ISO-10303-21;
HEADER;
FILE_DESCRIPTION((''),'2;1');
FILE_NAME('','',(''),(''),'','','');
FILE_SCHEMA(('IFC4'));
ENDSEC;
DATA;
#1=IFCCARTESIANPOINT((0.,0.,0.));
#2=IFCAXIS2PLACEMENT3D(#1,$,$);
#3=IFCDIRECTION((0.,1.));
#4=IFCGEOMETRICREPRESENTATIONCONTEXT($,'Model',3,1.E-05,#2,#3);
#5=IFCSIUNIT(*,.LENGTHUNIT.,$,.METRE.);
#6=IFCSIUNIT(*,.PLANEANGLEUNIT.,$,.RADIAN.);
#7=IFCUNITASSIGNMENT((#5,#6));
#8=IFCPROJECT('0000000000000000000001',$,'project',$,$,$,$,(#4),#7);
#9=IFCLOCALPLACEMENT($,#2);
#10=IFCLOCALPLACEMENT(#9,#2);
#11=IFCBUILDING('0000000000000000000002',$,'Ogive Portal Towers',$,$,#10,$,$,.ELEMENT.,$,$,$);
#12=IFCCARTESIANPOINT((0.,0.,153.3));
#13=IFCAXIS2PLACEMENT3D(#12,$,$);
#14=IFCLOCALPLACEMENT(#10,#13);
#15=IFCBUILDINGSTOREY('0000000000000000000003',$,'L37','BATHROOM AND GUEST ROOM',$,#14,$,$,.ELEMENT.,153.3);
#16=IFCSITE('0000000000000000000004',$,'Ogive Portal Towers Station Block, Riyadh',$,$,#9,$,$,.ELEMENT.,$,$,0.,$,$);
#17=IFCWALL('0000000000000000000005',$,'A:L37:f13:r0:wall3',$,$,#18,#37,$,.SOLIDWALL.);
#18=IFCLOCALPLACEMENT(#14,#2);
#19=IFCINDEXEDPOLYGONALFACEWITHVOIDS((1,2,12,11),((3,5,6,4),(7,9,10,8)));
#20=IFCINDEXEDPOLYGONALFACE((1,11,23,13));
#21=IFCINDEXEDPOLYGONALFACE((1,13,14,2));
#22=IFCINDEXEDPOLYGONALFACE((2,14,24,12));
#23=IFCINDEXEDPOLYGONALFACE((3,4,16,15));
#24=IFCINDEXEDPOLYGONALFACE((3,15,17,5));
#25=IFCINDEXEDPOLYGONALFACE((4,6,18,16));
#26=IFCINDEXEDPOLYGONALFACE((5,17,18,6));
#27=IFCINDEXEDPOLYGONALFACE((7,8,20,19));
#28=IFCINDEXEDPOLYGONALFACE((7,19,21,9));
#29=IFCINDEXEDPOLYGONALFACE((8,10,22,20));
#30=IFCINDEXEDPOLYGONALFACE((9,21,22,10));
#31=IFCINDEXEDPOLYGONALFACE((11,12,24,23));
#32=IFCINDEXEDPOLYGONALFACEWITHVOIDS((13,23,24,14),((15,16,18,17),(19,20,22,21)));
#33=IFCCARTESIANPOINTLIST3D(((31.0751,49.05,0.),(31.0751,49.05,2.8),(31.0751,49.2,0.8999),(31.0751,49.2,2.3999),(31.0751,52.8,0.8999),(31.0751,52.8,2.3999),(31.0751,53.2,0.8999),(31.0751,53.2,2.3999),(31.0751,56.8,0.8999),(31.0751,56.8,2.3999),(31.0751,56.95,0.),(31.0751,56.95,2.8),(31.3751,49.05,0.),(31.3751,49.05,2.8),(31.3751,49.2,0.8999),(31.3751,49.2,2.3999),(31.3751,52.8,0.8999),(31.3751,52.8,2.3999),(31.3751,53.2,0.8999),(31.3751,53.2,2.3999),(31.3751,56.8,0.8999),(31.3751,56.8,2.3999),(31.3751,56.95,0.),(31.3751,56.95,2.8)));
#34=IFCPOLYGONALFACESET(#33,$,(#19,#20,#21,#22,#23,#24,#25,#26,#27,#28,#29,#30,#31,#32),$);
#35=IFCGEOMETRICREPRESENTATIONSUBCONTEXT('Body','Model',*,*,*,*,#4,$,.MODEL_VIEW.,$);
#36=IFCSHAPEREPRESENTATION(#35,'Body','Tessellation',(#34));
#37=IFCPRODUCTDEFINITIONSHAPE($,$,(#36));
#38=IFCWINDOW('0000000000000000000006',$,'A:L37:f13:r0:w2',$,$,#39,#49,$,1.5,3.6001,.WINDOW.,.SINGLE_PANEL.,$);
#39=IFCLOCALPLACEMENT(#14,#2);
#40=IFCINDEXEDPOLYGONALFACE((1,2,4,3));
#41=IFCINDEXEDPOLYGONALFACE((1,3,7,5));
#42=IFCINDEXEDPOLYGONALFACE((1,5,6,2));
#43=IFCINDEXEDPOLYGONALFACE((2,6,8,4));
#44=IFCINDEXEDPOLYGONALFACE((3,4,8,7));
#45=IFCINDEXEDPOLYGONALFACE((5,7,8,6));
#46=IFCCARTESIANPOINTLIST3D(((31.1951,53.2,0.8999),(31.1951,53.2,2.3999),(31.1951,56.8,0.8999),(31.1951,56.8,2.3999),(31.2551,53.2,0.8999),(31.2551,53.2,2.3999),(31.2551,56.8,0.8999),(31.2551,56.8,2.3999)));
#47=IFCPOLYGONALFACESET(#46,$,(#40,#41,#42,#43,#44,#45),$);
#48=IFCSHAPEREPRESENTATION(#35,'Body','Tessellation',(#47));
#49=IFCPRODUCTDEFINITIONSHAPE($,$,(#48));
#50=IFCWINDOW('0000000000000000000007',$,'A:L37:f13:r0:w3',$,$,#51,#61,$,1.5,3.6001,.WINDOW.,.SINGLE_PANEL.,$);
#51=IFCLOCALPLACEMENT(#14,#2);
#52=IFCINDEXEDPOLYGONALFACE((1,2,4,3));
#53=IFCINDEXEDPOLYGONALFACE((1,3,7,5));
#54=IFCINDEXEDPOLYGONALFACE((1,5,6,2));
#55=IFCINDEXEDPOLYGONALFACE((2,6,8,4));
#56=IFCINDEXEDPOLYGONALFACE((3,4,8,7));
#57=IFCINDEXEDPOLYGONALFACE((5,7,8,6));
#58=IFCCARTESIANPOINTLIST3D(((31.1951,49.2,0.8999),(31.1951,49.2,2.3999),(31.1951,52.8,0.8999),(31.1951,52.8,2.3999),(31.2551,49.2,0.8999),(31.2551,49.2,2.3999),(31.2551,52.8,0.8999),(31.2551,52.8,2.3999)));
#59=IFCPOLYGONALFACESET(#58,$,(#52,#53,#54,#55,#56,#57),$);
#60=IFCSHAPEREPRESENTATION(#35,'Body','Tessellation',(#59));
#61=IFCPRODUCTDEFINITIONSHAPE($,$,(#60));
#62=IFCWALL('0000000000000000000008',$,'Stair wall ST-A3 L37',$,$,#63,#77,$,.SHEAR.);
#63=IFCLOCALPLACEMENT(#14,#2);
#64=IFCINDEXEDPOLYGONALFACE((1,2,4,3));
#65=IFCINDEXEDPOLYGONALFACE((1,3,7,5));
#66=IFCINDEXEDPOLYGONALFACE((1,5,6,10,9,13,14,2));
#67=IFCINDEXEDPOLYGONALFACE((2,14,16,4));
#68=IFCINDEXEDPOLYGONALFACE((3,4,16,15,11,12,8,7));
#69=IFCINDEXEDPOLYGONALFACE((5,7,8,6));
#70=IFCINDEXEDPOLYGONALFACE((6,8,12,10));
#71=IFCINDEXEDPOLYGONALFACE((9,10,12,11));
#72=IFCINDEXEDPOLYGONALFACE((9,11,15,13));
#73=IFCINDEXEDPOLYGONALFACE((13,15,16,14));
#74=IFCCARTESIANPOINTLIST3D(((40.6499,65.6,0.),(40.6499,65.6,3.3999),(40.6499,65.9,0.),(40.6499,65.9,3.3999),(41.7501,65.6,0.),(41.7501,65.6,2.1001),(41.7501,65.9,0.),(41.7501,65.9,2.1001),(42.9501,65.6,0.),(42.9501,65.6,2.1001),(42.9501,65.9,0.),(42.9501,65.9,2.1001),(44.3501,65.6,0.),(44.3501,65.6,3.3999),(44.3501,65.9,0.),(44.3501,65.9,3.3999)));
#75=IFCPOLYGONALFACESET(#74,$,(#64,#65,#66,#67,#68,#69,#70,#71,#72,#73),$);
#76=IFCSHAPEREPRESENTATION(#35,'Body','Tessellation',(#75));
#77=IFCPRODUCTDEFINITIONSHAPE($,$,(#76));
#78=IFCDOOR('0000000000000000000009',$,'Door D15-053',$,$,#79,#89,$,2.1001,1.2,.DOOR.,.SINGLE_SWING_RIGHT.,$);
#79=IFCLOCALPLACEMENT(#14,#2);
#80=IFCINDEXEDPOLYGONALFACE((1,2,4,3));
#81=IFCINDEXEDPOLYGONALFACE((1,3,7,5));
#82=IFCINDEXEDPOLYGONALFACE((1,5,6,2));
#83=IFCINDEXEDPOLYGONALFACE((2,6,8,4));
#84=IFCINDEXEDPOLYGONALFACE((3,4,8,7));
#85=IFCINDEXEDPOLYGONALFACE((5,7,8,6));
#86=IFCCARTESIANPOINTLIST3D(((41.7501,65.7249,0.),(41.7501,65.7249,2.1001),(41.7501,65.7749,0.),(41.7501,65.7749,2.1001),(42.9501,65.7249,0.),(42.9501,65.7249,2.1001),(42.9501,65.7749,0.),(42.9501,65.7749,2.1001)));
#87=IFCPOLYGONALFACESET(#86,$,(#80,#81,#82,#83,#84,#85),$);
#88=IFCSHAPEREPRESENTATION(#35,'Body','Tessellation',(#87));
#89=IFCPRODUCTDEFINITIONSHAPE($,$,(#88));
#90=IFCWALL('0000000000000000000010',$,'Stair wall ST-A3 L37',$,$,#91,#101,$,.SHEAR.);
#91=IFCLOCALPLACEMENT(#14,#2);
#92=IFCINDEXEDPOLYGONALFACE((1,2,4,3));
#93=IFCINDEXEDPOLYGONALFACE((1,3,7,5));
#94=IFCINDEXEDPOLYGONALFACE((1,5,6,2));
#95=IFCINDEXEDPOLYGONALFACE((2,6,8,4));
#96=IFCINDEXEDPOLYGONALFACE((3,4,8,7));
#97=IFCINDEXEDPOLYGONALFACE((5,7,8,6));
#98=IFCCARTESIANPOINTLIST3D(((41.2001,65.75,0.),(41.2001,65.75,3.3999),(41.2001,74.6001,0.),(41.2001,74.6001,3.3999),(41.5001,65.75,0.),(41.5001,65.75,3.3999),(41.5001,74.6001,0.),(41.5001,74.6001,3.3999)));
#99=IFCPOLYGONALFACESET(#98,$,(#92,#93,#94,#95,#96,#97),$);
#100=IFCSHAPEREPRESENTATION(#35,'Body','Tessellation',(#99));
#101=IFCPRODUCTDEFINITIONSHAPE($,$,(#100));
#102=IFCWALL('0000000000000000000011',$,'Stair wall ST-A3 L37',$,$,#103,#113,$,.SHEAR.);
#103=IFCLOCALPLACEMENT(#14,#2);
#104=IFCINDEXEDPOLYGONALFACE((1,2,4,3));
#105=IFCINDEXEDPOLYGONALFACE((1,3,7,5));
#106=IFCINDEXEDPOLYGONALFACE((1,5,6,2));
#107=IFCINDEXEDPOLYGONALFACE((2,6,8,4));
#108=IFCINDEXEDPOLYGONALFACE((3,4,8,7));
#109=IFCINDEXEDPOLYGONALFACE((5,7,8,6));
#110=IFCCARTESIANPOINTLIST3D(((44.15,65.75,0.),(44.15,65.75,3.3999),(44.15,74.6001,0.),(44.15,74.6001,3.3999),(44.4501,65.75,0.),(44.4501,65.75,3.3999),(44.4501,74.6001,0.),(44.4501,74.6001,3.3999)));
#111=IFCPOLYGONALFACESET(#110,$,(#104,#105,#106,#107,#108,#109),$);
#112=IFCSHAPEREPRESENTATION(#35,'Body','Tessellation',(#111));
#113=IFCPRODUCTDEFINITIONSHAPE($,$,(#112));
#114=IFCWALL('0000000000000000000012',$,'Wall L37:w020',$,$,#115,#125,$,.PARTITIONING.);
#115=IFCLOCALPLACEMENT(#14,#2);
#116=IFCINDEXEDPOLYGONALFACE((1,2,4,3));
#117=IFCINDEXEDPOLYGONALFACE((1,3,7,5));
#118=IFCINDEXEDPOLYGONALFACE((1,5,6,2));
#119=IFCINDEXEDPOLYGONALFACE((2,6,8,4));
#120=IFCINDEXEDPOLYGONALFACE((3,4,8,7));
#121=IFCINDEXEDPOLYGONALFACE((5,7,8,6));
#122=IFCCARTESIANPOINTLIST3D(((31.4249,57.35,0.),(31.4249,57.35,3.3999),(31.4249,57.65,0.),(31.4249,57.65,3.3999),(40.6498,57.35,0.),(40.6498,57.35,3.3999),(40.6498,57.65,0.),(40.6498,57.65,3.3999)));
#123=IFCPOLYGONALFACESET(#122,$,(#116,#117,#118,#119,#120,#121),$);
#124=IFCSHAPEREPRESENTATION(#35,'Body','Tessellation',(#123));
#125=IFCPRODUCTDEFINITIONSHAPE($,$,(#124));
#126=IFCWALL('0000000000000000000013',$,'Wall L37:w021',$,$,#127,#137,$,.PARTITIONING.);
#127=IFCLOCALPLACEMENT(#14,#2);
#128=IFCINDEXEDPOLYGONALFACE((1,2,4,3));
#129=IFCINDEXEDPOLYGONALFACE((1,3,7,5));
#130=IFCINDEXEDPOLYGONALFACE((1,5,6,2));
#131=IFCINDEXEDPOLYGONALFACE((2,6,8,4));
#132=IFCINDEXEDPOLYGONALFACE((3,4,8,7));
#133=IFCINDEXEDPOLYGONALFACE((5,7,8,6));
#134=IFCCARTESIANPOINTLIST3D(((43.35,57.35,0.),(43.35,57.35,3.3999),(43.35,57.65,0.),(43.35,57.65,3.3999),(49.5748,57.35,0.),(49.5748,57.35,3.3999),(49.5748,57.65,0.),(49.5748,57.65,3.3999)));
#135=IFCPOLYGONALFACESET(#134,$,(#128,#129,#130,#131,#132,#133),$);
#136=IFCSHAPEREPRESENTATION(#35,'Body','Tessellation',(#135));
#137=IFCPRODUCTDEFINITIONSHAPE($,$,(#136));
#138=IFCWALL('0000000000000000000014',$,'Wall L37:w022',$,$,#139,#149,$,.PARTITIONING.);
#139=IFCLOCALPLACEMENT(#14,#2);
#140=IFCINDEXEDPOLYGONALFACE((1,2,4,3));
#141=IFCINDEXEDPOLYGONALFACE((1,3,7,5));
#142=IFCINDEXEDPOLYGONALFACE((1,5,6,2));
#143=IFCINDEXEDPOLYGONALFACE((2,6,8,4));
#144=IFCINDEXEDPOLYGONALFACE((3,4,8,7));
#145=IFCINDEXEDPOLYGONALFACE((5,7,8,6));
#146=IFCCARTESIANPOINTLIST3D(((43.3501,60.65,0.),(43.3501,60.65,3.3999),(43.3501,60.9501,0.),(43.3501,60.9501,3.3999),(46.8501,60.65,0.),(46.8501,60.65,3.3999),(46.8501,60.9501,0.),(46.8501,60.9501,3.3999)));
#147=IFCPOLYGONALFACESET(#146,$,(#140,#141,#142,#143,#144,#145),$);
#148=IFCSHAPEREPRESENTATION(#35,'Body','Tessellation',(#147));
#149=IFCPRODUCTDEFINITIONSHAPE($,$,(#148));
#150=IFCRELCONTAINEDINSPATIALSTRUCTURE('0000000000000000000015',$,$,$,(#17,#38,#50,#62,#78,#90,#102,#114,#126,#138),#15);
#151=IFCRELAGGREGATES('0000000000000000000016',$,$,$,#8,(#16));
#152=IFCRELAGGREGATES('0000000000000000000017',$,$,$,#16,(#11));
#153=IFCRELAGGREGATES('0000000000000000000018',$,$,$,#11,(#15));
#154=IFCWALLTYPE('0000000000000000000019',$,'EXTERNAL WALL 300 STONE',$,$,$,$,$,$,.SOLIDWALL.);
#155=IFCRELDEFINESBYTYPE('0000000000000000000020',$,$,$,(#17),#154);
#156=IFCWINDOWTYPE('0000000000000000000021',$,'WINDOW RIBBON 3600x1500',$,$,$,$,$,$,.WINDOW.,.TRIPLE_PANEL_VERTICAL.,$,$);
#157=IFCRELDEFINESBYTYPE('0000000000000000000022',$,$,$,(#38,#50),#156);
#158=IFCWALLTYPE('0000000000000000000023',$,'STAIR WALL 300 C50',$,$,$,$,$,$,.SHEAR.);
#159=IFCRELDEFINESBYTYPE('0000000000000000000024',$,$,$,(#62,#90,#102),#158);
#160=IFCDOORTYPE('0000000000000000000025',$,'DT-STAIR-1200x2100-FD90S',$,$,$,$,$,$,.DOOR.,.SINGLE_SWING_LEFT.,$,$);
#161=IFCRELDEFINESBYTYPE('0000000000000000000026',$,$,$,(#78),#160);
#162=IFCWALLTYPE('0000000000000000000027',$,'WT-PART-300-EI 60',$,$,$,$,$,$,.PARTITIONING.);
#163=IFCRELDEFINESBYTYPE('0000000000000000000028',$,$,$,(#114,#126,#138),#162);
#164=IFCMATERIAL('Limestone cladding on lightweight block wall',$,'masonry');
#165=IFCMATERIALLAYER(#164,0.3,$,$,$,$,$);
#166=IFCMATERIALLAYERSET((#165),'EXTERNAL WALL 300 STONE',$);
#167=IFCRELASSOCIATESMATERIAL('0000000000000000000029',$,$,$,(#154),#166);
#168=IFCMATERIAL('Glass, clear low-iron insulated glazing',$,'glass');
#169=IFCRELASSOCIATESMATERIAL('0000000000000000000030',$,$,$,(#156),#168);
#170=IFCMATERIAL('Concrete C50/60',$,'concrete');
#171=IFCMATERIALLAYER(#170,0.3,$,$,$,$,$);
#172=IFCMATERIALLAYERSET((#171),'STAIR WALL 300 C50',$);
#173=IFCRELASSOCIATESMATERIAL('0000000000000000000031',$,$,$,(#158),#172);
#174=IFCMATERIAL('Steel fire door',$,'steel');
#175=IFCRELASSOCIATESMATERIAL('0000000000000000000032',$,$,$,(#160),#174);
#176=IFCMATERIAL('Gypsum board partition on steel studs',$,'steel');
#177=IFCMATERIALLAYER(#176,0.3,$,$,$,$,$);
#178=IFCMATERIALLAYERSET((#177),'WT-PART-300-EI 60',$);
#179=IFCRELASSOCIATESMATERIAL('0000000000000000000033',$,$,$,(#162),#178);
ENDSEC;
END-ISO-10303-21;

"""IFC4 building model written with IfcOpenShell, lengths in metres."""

from ifc_helpers import new_model, si_unit, direction, frame, frame_2d, origin, place, context, subcontext, project, spatial, rectangle, extrude, material, layer, layer_set, type_object, element, fill, save


model = new_model("IFC4")

# Units and contexts
model_context = context("Model", 3, precision=1e-05, world=origin(), true_north=direction((0.0, 1.0)))
body_context = subcontext(model_context, "Body", "Model", "MODEL_VIEW")
ifc_project = project(units=[si_unit("LENGTHUNIT", "METRE"), si_unit("PLANEANGLEUNIT", "RADIAN")], contexts=[model_context])

# Site, building, storey
site_placement = place(None, origin())
site = spatial("IfcSite", under=ifc_project, at=site_placement, Name="Ogive Portal Towers Station Block, Riyadh", CompositionType="ELEMENT", RefElevation=0.0)
building_placement = place(site_placement, origin())
building = spatial("IfcBuilding", under=site, at=building_placement, Name="Ogive Portal Towers", CompositionType="ELEMENT")
storey_placement = place(building_placement, frame((0.0, 0.0, 153.3)))
storey = spatial("IfcBuildingStorey", under=building, at=storey_placement, Name="L37", Description="BATHROOM AND GUEST ROOM", CompositionType="ELEMENT", Elevation=153.3)

# Shared definitions
ifc_material_1 = material(Name="Glass, clear low-iron insulated glazing", Category="glass")

# Shared definitions
ifc_material_2 = material(Name="Limestone cladding on lightweight block wall", Category="masonry")
ifc_layer_1 = layer(ifc_material_2, 0.3)
ifc_layer_set_1 = layer_set([ifc_layer_1], Name="EXTERNAL WALL 300 STONE")
wall_type_1 = type_object("IfcWallType", Name="EXTERNAL WALL 300 STONE", PredefinedType="SOLIDWALL", material=ifc_layer_set_1)

# Shared definitions
window_type = type_object("IfcWindowType", Name="WINDOW RIBBON 3600x1500", PartitioningType="TRIPLE_PANEL_VERTICAL", PredefinedType="WINDOW", material=ifc_material_1)

# Wall, openings, windows
wall_1_placement = place(storey_placement, frame((31.2251, 56.95, 0.0), z_axis=(0.0, 0.0, 1.0), x_axis=(0.0, -1.0, 0.0)))
wall_1 = element("IfcWall", 1, at=wall_1_placement, inside=storey, type_object=wall_type_1, Name="A:L37:f13:r0:wall3", PredefinedType="SOLIDWALL", context=body_context, shape_type="SweptSolid", body=[
    extrude(rectangle(XDim=7.8999, YDim=0.3, at=frame_2d((3.95, 0.0))), origin(), (0.0, 0.0, 1.0), 2.8),
])
opening_1_placement = place(wall_1_placement, frame((0.1499, 0.0, 0.8999)))
opening_1 = element("IfcOpeningElement", 2, at=opening_1_placement, cuts=wall_1, PredefinedType="OPENING", context=body_context, shape_type="SweptSolid", body=[
    extrude(rectangle(XDim=3.6001, YDim=1.5, at=frame_2d((1.8, 0.75))), frame((0.0, 0.1602, 0.0), z_axis=(0.0, -1.0, 0.0), x_axis=(1.0, 0.0, 0.0)), (0.0, 0.0, 1.0), 0.3201),
])
opening_2_placement = place(wall_1_placement, frame((4.1499, 0.0, 0.8999)))
opening_2 = element("IfcOpeningElement", 3, at=opening_2_placement, cuts=wall_1, PredefinedType="OPENING", context=body_context, shape_type="SweptSolid", body=[
    extrude(rectangle(XDim=3.6001, YDim=1.5, at=frame_2d((1.8, 0.75))), frame((0.0, 0.1602, 0.0), z_axis=(0.0, -1.0, 0.0), x_axis=(1.0, 0.0, 0.0)), (0.0, 0.0, 1.0), 0.3201),
])
window_1_placement = place(opening_1_placement, origin())
window_1 = element("IfcWindow", 4, at=window_1_placement, inside=storey, type_object=window_type, Name="A:L37:f13:r0:w2", OverallHeight=1.5, OverallWidth=3.6001, PartitioningType="SINGLE_PANEL", PredefinedType="WINDOW", context=body_context, shape_type="SweptSolid", body=[
    extrude(rectangle(XDim=3.6001, YDim=1.5, at=frame_2d((1.8, 0.75))), frame((0.0, 0.03, 0.0), z_axis=(0.0, -1.0, 0.0), x_axis=(1.0, 0.0, 0.0)), (0.0, 0.0, 1.0), 0.0601),
])
fill(opening_1, window_1)
window_2_placement = place(opening_2_placement, origin())
window_2 = element("IfcWindow", 5, at=window_2_placement, inside=storey, type_object=window_type, Name="A:L37:f13:r0:w3", OverallHeight=1.5, OverallWidth=3.6001, PartitioningType="SINGLE_PANEL", PredefinedType="WINDOW", context=body_context, shape_type="SweptSolid", body=[
    extrude(rectangle(XDim=3.6001, YDim=1.5, at=frame_2d((1.8, 0.75))), frame((0.0, 0.03, 0.0), z_axis=(0.0, -1.0, 0.0), x_axis=(1.0, 0.0, 0.0)), (0.0, 0.0, 1.0), 0.0601),
])
fill(opening_2, window_2)

# Wall, opening, door
ifc_material_3 = material(Name="Concrete C50/60", Category="concrete")
ifc_layer_2 = layer(ifc_material_3, 0.3)
ifc_layer_set_2 = layer_set([ifc_layer_2], Name="STAIR WALL 300 C50")
wall_type_2 = type_object("IfcWallType", Name="STAIR WALL 300 C50", PredefinedType="SHEAR", material=ifc_layer_set_2)
wall_2_placement = place(storey_placement, frame((40.6499, 65.75, 0.0), z_axis=(0.0, 0.0, 1.0), x_axis=(1.0, 0.0, 0.0)))
wall_2 = element("IfcWall", 6, at=wall_2_placement, inside=storey, type_object=wall_type_2, Name="Stair wall ST-A3 L37", PredefinedType="SHEAR", context=body_context, shape_type="SweptSolid", body=[
    extrude(rectangle(XDim=3.7002, YDim=0.3, at=frame_2d((1.8501, 0.0))), origin(), (0.0, 0.0, 1.0), 3.3999),
])
opening_3_placement = place(wall_2_placement, frame((1.1001, 0.0, 0.0)))
opening_3 = element("IfcOpeningElement", 7, at=opening_3_placement, cuts=wall_2, PredefinedType="OPENING", context=body_context, shape_type="SweptSolid", body=[
    extrude(rectangle(XDim=1.2, YDim=2.1001, at=frame_2d((0.6001, 1.05))), frame((0.0, 0.1602, 0.0), z_axis=(0.0, -1.0, 0.0), x_axis=(1.0, 0.0, 0.0)), (0.0, 0.0, 1.0), 0.3201),
])
ifc_material_4 = material(Name="Steel fire door", Category="steel")
door_type_1 = type_object("IfcDoorType", Name="DT-STAIR-1200x2100-FD90S", OperationType="SINGLE_SWING_LEFT", PredefinedType="DOOR", material=ifc_material_4)
door_1_placement = place(opening_3_placement, origin())
door_1 = element("IfcDoor", 8, at=door_1_placement, inside=storey, type_object=door_type_1, Name="Door D15-053", OperationType="SINGLE_SWING_RIGHT", OverallHeight=2.1001, OverallWidth=1.2, PredefinedType="DOOR", context=body_context, shape_type="SweptSolid", body=[
    extrude(rectangle(XDim=1.2, YDim=2.1001, at=frame_2d((0.6001, 1.05))), frame((0.0, 0.0249, 0.0), z_axis=(0.0, -1.0, 0.0), x_axis=(1.0, 0.0, 0.0)), (0.0, 0.0, 1.0), 0.05),
])
fill(opening_3, door_1)

# Walls
for number, where, z_axis, x_axis, name in (
    (9, (41.3501, 65.75, 0.0), (0.0, 0.0, 1.0), (0.0, 1.0, 0.0), "Stair wall ST-A3 L37"),
    (10, (44.3, 65.75, 0.0), (0.0, 0.0, 1.0), (0.0, 1.0, 0.0), "Stair wall ST-A3 L37"),
):
    element("IfcWall", number, at=place(storey_placement, frame(where, z_axis=z_axis, x_axis=x_axis)), inside=storey, type_object=wall_type_2, Name=name, PredefinedType="SHEAR", context=body_context, shape_type="SweptSolid", body=[
        extrude(rectangle(XDim=8.8501, YDim=0.3, at=frame_2d((4.425, 0.0))), origin(), (0.0, 0.0, 1.0), 3.3999),
    ])
ifc_material_5 = material(Name="Gypsum board partition on steel studs", Category="steel")
ifc_layer_3 = layer(ifc_material_5, 0.3)
ifc_layer_set_3 = layer_set([ifc_layer_3], Name="WT-PART-300-EI 60")
wall_type_3 = type_object("IfcWallType", Name="WT-PART-300-EI 60", PredefinedType="PARTITIONING", material=ifc_layer_set_3)
wall_3_placement = place(storey_placement, frame((31.425, 57.5, 0.0), z_axis=(0.0, 0.0, 1.0), x_axis=(1.0, 0.0, 0.0)))
element("IfcWall", 11, at=wall_3_placement, inside=storey, type_object=wall_type_3, Name="Wall L37:w020", PredefinedType="PARTITIONING", context=body_context, shape_type="SweptSolid", body=[
    extrude(rectangle(XDim=9.2249, YDim=0.3, at=frame_2d((4.6123, 0.0))), origin(), (0.0, 0.0, 1.0), 3.3999),
])
wall_4_placement = place(storey_placement, frame((43.3501, 57.5, 0.0), z_axis=(0.0, 0.0, 1.0), x_axis=(1.0, 0.0, 0.0)))
element("IfcWall", 12, at=wall_4_placement, inside=storey, type_object=wall_type_3, Name="Wall L37:w021", PredefinedType="PARTITIONING", context=body_context, shape_type="SweptSolid", body=[
    extrude(rectangle(XDim=6.2249, YDim=0.3, at=frame_2d((3.1123, 0.0))), origin(), (0.0, 0.0, 1.0), 3.3999),
])
wall_5_placement = place(storey_placement, frame((43.3501, 60.8, 0.0), z_axis=(0.0, 0.0, 1.0), x_axis=(1.0, 0.0, 0.0)))
element("IfcWall", 13, at=wall_5_placement, inside=storey, type_object=wall_type_3, Name="Wall L37:w022", PredefinedType="PARTITIONING", context=body_context, shape_type="SweptSolid", body=[
    extrude(rectangle(XDim=3.5, YDim=0.3, at=frame_2d((1.75, 0.0))), origin(), (0.0, 0.0, 1.0), 3.3999),
])

save(model, "model.ifc")
